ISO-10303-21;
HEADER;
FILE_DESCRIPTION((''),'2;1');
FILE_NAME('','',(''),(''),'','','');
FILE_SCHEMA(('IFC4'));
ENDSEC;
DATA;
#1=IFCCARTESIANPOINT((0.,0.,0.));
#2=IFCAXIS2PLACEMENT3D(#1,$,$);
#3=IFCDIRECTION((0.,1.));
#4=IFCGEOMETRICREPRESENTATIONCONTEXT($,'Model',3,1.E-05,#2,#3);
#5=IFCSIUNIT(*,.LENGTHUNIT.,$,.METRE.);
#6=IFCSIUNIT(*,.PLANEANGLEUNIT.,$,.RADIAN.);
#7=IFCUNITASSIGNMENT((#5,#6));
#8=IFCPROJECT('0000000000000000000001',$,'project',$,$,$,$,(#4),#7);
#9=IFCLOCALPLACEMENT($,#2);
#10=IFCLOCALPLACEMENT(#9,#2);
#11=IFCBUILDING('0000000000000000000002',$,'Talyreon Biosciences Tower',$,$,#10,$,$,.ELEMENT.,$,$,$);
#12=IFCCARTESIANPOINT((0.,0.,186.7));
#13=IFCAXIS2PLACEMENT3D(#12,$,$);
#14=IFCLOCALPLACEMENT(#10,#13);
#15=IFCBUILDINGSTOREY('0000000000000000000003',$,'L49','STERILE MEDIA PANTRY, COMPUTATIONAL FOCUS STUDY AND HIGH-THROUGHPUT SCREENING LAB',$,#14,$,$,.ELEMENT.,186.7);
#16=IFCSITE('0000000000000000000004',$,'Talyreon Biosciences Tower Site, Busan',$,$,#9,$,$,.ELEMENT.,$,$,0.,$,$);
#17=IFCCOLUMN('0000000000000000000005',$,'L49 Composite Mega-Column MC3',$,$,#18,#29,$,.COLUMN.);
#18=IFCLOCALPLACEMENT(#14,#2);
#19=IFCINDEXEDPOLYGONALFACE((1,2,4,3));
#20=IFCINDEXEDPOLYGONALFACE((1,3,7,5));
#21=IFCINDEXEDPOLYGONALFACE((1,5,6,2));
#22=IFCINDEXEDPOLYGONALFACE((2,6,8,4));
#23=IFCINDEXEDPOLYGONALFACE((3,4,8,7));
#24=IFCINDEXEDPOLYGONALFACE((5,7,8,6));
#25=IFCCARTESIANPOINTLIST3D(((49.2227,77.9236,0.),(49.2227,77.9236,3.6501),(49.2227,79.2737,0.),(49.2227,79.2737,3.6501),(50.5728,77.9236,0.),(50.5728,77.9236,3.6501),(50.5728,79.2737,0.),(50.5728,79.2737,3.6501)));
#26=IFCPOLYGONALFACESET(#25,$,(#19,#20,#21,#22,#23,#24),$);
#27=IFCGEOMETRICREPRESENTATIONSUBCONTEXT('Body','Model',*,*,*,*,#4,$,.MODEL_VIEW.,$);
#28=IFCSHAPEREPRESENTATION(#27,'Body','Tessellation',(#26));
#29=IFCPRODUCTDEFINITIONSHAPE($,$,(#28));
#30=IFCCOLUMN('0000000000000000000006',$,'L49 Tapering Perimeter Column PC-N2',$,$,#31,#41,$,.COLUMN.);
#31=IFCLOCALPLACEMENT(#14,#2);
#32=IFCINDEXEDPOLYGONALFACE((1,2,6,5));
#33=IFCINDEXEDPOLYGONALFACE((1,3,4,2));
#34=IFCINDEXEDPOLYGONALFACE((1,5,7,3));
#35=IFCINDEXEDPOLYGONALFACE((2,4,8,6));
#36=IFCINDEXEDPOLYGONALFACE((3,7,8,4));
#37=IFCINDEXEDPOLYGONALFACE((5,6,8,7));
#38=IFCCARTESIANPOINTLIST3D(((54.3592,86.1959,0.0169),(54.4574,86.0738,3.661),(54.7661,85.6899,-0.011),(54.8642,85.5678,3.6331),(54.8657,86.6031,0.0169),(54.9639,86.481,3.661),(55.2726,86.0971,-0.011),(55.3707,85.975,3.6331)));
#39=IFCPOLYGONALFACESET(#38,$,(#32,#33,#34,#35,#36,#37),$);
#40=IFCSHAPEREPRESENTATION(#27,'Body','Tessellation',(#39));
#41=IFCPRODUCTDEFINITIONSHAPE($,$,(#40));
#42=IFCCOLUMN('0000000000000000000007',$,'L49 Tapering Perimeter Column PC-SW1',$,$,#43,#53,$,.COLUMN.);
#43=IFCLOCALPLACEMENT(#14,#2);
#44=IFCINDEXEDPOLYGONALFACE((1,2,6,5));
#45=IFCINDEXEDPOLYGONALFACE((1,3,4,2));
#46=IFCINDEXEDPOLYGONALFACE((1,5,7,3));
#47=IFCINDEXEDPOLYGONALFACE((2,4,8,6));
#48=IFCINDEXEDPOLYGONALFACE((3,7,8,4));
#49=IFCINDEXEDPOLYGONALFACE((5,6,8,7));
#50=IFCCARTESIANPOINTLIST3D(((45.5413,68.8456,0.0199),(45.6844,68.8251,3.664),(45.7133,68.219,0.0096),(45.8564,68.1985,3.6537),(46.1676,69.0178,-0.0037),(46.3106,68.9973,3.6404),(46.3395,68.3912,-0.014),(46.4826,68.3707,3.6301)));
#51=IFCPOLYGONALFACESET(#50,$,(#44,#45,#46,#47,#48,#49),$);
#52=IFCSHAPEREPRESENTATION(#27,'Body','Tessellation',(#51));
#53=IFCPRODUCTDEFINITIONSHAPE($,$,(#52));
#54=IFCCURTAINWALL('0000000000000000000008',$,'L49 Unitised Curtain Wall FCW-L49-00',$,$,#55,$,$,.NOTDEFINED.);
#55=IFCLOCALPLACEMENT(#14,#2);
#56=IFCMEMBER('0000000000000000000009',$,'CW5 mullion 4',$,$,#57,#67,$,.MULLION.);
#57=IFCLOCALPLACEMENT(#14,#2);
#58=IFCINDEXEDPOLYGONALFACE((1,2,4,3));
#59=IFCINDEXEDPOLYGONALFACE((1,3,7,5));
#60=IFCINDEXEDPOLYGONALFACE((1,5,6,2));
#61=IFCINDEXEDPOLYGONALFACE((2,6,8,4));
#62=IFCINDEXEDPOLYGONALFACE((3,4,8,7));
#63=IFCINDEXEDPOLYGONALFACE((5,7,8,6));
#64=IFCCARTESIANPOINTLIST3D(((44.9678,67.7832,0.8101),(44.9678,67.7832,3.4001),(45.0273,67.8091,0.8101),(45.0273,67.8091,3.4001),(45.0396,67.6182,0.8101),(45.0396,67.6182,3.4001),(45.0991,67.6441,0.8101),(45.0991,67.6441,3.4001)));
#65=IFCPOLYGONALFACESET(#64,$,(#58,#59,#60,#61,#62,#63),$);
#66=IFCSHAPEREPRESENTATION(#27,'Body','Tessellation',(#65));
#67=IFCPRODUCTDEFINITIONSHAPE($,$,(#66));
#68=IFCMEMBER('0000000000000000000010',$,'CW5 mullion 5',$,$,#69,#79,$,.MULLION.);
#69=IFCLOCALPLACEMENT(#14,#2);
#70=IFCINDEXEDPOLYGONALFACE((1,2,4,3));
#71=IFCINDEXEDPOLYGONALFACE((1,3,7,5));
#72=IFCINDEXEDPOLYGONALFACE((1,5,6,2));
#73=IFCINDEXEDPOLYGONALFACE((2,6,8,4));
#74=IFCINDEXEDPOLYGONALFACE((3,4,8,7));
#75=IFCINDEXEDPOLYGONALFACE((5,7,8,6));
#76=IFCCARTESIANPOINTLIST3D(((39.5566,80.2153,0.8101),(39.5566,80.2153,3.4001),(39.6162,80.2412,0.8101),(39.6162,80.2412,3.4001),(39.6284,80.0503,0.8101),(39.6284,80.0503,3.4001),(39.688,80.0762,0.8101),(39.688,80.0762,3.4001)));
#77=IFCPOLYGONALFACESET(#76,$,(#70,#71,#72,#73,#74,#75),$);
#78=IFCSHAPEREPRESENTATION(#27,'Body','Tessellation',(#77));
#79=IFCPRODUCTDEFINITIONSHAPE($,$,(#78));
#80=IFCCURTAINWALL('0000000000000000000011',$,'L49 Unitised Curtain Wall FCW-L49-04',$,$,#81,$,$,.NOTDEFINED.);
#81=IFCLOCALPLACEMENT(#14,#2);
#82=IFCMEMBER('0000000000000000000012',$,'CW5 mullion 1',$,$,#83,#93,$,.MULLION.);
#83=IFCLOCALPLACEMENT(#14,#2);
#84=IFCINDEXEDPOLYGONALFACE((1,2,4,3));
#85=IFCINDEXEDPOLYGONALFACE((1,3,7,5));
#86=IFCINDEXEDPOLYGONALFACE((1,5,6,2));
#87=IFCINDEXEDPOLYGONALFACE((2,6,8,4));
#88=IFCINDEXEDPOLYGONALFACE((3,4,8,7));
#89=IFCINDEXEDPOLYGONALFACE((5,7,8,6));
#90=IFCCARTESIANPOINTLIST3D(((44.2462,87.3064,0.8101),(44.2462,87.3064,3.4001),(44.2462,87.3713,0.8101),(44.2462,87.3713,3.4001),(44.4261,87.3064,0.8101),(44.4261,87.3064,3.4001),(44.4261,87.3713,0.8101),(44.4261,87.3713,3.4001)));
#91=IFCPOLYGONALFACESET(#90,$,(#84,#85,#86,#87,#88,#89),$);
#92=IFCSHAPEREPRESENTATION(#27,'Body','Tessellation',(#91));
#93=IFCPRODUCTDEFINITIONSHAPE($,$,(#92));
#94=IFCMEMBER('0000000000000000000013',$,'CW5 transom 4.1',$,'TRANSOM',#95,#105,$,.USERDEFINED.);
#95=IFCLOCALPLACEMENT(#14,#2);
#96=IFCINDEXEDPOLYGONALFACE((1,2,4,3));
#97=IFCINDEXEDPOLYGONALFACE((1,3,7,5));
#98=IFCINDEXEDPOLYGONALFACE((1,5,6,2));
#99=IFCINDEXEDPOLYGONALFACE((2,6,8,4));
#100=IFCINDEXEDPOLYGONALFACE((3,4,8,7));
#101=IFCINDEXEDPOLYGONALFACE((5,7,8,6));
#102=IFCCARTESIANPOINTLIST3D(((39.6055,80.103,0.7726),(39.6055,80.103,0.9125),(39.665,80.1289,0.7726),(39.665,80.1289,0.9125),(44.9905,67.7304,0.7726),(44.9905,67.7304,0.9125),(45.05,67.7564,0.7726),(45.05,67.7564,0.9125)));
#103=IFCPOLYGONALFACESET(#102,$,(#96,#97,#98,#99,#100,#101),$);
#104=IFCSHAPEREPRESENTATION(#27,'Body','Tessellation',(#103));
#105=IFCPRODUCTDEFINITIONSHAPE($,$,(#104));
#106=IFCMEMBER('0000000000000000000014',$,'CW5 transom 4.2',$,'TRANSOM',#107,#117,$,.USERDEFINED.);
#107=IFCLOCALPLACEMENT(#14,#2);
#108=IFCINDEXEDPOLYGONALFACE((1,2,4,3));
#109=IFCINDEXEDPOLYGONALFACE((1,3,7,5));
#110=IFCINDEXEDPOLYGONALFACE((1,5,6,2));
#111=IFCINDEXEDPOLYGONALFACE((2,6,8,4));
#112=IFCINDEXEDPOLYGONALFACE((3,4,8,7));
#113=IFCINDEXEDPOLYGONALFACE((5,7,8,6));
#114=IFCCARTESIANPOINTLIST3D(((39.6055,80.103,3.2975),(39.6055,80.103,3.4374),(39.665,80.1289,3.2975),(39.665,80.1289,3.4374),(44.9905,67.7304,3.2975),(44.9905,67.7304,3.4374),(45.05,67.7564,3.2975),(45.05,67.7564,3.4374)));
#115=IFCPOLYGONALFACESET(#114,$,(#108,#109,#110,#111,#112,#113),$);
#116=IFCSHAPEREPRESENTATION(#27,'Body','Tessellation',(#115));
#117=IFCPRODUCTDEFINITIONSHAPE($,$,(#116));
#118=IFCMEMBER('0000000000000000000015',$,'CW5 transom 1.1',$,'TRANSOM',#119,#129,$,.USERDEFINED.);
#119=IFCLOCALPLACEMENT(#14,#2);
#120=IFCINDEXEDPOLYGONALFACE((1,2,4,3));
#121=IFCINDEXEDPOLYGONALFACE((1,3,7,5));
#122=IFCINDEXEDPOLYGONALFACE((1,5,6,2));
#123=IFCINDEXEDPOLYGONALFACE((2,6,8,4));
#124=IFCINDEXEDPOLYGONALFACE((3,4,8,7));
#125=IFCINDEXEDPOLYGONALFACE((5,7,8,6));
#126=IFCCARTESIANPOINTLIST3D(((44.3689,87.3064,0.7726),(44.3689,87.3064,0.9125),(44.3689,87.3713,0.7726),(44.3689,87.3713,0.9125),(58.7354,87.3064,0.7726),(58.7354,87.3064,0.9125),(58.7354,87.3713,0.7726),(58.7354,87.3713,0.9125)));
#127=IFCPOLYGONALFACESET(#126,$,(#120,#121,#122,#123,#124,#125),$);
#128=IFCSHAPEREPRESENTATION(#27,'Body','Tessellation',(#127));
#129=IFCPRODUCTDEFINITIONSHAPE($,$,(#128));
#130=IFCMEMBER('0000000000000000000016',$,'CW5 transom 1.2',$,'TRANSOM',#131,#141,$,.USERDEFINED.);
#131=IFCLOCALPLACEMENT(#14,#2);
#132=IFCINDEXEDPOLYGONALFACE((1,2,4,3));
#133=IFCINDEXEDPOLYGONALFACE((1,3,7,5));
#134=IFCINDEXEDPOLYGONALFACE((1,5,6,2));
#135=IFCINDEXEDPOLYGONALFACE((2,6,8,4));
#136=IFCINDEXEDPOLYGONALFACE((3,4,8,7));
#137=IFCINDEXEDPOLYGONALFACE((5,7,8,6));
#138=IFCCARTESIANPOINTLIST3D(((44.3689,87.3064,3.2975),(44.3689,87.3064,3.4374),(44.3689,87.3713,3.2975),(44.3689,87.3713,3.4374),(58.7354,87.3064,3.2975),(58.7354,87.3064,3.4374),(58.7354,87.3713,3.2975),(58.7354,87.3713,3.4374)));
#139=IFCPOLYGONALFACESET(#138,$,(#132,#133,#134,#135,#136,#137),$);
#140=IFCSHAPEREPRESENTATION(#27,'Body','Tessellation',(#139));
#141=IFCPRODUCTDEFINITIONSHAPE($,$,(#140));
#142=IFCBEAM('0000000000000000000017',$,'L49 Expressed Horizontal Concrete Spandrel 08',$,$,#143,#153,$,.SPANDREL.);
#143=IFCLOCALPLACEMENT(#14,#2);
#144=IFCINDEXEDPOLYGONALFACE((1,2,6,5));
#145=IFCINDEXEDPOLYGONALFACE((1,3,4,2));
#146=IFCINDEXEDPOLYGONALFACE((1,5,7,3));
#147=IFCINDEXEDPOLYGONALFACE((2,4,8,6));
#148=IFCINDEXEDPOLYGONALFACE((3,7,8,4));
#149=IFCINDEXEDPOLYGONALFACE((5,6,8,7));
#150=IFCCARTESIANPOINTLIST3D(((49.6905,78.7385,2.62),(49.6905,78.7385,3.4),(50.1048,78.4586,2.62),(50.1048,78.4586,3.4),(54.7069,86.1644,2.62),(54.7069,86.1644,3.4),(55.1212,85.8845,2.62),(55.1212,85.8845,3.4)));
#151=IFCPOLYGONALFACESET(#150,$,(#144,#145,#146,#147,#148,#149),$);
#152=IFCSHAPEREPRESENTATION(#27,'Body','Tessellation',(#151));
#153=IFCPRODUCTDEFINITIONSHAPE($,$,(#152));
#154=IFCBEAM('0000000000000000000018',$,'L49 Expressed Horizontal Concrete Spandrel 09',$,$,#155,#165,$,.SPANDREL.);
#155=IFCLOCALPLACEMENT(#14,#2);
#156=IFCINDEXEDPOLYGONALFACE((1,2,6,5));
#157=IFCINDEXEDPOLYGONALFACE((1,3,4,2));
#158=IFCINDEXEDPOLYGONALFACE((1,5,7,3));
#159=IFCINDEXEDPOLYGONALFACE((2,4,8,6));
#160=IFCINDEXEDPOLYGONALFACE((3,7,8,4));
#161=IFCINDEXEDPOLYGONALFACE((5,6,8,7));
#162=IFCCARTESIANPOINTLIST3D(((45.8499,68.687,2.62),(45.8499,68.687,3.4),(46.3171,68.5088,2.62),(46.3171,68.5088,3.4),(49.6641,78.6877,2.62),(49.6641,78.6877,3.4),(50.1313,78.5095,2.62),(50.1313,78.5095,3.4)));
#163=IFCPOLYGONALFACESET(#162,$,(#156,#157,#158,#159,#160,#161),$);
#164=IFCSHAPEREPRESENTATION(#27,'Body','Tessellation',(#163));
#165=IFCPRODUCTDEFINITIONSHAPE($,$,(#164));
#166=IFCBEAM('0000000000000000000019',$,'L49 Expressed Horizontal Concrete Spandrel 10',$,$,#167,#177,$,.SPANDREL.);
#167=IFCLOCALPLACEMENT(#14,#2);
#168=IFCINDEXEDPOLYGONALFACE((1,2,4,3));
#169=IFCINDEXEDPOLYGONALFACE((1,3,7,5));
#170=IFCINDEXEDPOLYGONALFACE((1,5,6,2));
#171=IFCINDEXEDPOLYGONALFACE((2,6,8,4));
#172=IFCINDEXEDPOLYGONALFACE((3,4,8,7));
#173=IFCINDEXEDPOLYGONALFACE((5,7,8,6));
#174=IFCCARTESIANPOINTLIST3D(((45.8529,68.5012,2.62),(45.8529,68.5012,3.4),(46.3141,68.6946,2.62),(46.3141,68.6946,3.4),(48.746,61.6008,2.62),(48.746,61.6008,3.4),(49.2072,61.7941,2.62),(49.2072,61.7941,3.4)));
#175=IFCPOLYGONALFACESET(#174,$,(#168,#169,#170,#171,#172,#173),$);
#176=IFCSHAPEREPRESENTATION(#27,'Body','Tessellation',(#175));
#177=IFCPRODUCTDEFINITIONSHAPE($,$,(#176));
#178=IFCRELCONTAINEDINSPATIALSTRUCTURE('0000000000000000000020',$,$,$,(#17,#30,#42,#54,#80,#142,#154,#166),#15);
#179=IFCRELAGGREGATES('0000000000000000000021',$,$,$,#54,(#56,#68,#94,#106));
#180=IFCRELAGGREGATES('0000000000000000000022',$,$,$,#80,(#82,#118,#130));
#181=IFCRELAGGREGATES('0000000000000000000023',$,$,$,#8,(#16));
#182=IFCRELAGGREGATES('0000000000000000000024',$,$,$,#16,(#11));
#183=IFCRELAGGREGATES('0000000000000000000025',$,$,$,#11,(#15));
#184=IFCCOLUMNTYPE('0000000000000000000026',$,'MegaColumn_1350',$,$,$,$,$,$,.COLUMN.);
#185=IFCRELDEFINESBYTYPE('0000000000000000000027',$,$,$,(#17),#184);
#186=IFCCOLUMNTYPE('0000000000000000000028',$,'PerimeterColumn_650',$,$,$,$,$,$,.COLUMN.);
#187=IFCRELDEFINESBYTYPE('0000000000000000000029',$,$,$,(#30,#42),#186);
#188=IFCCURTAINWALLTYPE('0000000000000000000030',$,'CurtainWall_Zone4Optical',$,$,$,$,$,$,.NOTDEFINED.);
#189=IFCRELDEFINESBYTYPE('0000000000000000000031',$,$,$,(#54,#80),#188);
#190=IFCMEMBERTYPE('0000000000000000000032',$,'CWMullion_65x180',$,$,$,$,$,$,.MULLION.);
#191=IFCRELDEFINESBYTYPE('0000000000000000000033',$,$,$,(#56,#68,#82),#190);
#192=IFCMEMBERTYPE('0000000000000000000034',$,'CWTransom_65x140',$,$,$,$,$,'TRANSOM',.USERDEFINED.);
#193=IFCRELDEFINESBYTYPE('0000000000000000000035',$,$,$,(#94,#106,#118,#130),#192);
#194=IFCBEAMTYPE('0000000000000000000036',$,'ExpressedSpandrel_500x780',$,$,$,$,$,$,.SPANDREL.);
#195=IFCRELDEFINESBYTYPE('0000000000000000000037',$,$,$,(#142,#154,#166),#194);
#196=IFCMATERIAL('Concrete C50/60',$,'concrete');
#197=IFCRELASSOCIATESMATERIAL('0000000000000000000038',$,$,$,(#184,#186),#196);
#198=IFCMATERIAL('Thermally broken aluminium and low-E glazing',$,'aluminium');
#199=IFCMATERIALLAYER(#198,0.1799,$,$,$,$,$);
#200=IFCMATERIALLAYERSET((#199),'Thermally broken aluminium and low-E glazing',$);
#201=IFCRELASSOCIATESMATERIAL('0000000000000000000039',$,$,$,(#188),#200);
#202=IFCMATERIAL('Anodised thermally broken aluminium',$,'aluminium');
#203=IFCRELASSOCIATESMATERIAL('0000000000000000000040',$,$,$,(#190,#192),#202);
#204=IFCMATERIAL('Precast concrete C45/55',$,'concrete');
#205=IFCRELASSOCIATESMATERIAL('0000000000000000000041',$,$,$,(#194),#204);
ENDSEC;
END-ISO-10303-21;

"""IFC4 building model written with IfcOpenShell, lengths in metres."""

from ifc_helpers import new_model, si_unit, direction, frame, origin, origin_2d, place, context, subcontext, project, spatial, rectangle, extrude, material, layer, layer_set, material_profile, profile_set, type_object, element, aggregate, save


model = new_model("IFC4")

# Units and contexts
model_context = context("Model", 3, precision=1e-05, world=origin(), true_north=direction((0.0, 1.0)))
body_context = subcontext(model_context, "Body", "Model", "MODEL_VIEW")
ifc_project = project(units=[si_unit("LENGTHUNIT", "METRE"), si_unit("PLANEANGLEUNIT", "RADIAN")], contexts=[model_context])

# Site, building, storey
site_placement = place(None, origin())
site = spatial("IfcSite", under=ifc_project, at=site_placement, Name="Talyreon Biosciences Tower Site, Busan", CompositionType="ELEMENT", RefElevation=0.0)
building_placement = place(site_placement, origin())
building = spatial("IfcBuilding", under=site, at=building_placement, Name="Talyreon Biosciences Tower", CompositionType="ELEMENT")
storey_placement = place(building_placement, frame((0.0, 0.0, 186.7)))
storey = spatial("IfcBuildingStorey", under=building, at=storey_placement, Name="L49", Description="STERILE MEDIA PANTRY, COMPUTATIONAL FOCUS STUDY AND HIGH-THROUGHPUT SCREENING LAB", CompositionType="ELEMENT", Elevation=186.7)

# Columns
ifc_material_1 = material(Name="Concrete C50/60", Category="concrete")
ifc_material_profile_1 = material_profile(ifc_material_1, rectangle(XDim=1.3501, YDim=1.3501, at=origin_2d()), Name="RC 1350x1350")
ifc_profile_set_1 = profile_set([ifc_material_profile_1], Name="Concrete C50/60")
column_type_1 = type_object("IfcColumnType", Name="MegaColumn_1350", PredefinedType="COLUMN", material=ifc_profile_set_1)
column_1_placement = place(storey_placement, frame((49.8977, 78.5986, 0.0), z_axis=(0.0, 0.0, 1.0), x_axis=(1.0, 0.0, 0.0)))
element("IfcColumn", 1, at=column_1_placement, inside=storey, type_object=column_type_1, Name="L49 Composite Mega-Column MC3", PredefinedType="COLUMN", context=body_context, shape_type="SweptSolid", body=[
    extrude(rectangle(XDim=1.3501, YDim=1.3501, at=origin_2d()), origin(), (0.0, 0.0, 1.0), 3.6501),
])
ifc_material_profile_2 = material_profile(ifc_material_1, rectangle(XDim=0.6499, YDim=0.6499, at=origin_2d()), Name="RC 650x650")
ifc_profile_set_2 = profile_set([ifc_material_profile_2], Name="Concrete C50/60")
column_type_2 = type_object("IfcColumnType", Name="PerimeterColumn_650", PredefinedType="COLUMN", material=ifc_profile_set_2)
column_2_placement = place(storey_placement, frame((54.8159, 86.1465, 0.0029), z_axis=(0.026908, -0.033468, 0.999078), x_axis=(-0.779346, -0.626594, 0.0)))
element("IfcColumn", 2, at=column_2_placement, inside=storey, type_object=column_type_2, Name="L49 Tapering Perimeter Column PC-N2", PredefinedType="COLUMN", context=body_context, shape_type="SweptSolid", body=[
    extrude(rectangle(XDim=0.6499, YDim=0.6499, at=origin_2d()), origin(), (0.0, 0.0, 1.0), 3.6475),
])
column_3_placement = place(storey_placement, frame((45.9404, 68.6184, 0.0029), z_axis=(0.03923, -0.005623, 0.999214), x_axis=(0.96357, 0.264977, -0.036339)))
element("IfcColumn", 3, at=column_3_placement, inside=storey, type_object=column_type_2, Name="L49 Tapering Perimeter Column PC-SW1", PredefinedType="COLUMN", context=body_context, shape_type="SweptSolid", body=[
    extrude(rectangle(XDim=0.6499, YDim=0.6499, at=origin_2d()), origin(), (0.0, 0.0, 1.0), 3.647),
])

# Curtain wall, members
ifc_material_2 = material(Name="Thermally broken aluminium and low-E glazing", Category="aluminium")
ifc_layer_1 = layer(ifc_material_2, 0.1799)
ifc_layer_set_1 = layer_set([ifc_layer_1], Name="Thermally broken aluminium and low-E glazing")
curtain_wall_type = type_object("IfcCurtainWallType", Name="CurtainWall_Zone4Optical", PredefinedType="NOTDEFINED", material=ifc_layer_set_1)
curtain_wall_1_placement = place(storey_placement, origin())
curtain_wall_1 = element("IfcCurtainWall", 4, at=curtain_wall_1_placement, inside=storey, type_object=curtain_wall_type, Name="L49 Unitised Curtain Wall FCW-L49-00", PredefinedType="NOTDEFINED")
ifc_material_3 = material(Name="Anodised thermally broken aluminium", Category="aluminium")
ifc_material_profile_3 = material_profile(ifc_material_3, rectangle(XDim=0.0649, YDim=0.1799, at=origin_2d()), Name="ALUM MULLION 65x180")
ifc_profile_set_3 = profile_set([ifc_material_profile_3], Name="Anodised thermally broken aluminium")
member_type_1 = type_object("IfcMemberType", Name="CWMullion_65x180", PredefinedType="MULLION", material=ifc_profile_set_3)
member_1_placement = place(storey_placement, frame((45.0334, 67.7136, 0.8101), z_axis=(0.0, 0.0, 1.0), x_axis=(-0.916912, -0.399089, 0.0)))
member_1 = element("IfcMember", 5, at=member_1_placement, type_object=member_type_1, Name="CW5 mullion 4", PredefinedType="MULLION", context=body_context, shape_type="SweptSolid", body=[
    extrude(rectangle(XDim=0.0649, YDim=0.1799, at=origin_2d()), origin(), (0.0, 0.0, 1.0), 2.5901),
])
member_2_placement = place(storey_placement, frame((39.6223, 80.1458, 0.8101), z_axis=(0.0, 0.0, 1.0), x_axis=(-0.916912, -0.399089, 0.0)))
member_2 = element("IfcMember", 6, at=member_2_placement, type_object=member_type_1, Name="CW5 mullion 5", PredefinedType="MULLION", context=body_context, shape_type="SweptSolid", body=[
    extrude(rectangle(XDim=0.0649, YDim=0.1799, at=origin_2d()), origin(), (0.0, 0.0, 1.0), 2.5901),
])

# Curtain wall, member
curtain_wall_2_placement = place(storey_placement, origin())
curtain_wall_2 = element("IfcCurtainWall", 7, at=curtain_wall_2_placement, inside=storey, type_object=curtain_wall_type, Name="L49 Unitised Curtain Wall FCW-L49-04", PredefinedType="NOTDEFINED")
member_3_placement = place(storey_placement, frame((44.3362, 87.3389, 0.8101), z_axis=(0.0, 0.0, 1.0), x_axis=(0.0, 1.0, 0.0)))
member_3 = element("IfcMember", 8, at=member_3_placement, type_object=member_type_1, Name="CW5 mullion 1", PredefinedType="MULLION", context=body_context, shape_type="SweptSolid", body=[
    extrude(rectangle(XDim=0.0649, YDim=0.1799, at=origin_2d()), origin(), (0.0, 0.0, 1.0), 2.5901),
])

# Members
ifc_material_profile_4 = material_profile(ifc_material_3, rectangle(XDim=0.0649, YDim=0.1399, at=origin_2d()), Name="ALUM TRANSOM 65x140")
ifc_profile_set_4 = profile_set([ifc_material_profile_4], Name="Anodised thermally broken aluminium")
member_type_2 = type_object("IfcMemberType", Name="CWTransom_65x140", ElementType="TRANSOM", PredefinedType="USERDEFINED", material=ifc_profile_set_4)
member_4_placement = place(storey_placement, frame((45.0203, 67.7434, 0.8425), z_axis=(-0.399077, 0.916917, 0.0), x_axis=(-0.916917, -0.399077, 0.0)))
member_4 = element("IfcMember", 9, at=member_4_placement, type_object=member_type_2, Name="CW5 transom 4.1", ObjectType="TRANSOM", PredefinedType="USERDEFINED", context=body_context, shape_type="SweptSolid", body=[
    extrude(rectangle(XDim=0.0649, YDim=0.1399, at=origin_2d()), origin(), (0.0, 0.0, 1.0), 13.4937),
])
member_5_placement = place(storey_placement, frame((45.0203, 67.7434, 3.3674), z_axis=(-0.399077, 0.916917, 0.0), x_axis=(-0.916917, -0.399077, 0.0)))
member_5 = element("IfcMember", 10, at=member_5_placement, type_object=member_type_2, Name="CW5 transom 4.2", ObjectType="TRANSOM", PredefinedType="USERDEFINED", context=body_context, shape_type="SweptSolid", body=[
    extrude(rectangle(XDim=0.0649, YDim=0.1399, at=origin_2d()), origin(), (0.0, 0.0, 1.0), 13.4937),
])
member_6_placement = place(storey_placement, frame((44.3689, 87.3389, 0.8425), z_axis=(1.0, 0.0, 0.0), x_axis=(0.0, 1.0, 0.0)))
member_6 = element("IfcMember", 11, at=member_6_placement, type_object=member_type_2, Name="CW5 transom 1.1", ObjectType="TRANSOM", PredefinedType="USERDEFINED", context=body_context, shape_type="SweptSolid", body=[
    extrude(rectangle(XDim=0.0649, YDim=0.1399, at=origin_2d()), origin(), (0.0, 0.0, 1.0), 14.3665),
])
member_7_placement = place(storey_placement, frame((44.3689, 87.3389, 3.3674), z_axis=(1.0, 0.0, 0.0), x_axis=(0.0, 1.0, 0.0)))
member_7 = element("IfcMember", 12, at=member_7_placement, type_object=member_type_2, Name="CW5 transom 1.2", ObjectType="TRANSOM", PredefinedType="USERDEFINED", context=body_context, shape_type="SweptSolid", body=[
    extrude(rectangle(XDim=0.0649, YDim=0.1399, at=origin_2d()), origin(), (0.0, 0.0, 1.0), 14.3665),
])

# Beams
ifc_material_4 = material(Name="Precast concrete C45/55", Category="concrete")
ifc_material_profile_5 = material_profile(ifc_material_4, rectangle(XDim=0.5, YDim=0.78, at=origin_2d()), Name="RCB 500x780")
ifc_profile_set_5 = profile_set([ifc_material_profile_5], Name="Precast concrete C45/55")
beam_type_1 = type_object("IfcBeamType", Name="ExpressedSpandrel_500x780", PredefinedType="SPANDREL", material=ifc_profile_set_5)
beam_1_placement = place(storey_placement, frame((54.9141, 86.0244, 3.01), z_axis=(-0.559776, -0.828644, 0.0), x_axis=(0.828644, -0.559776, 0.0)))
element("IfcBeam", 13, at=beam_1_placement, inside=storey, type_object=beam_type_1, Name="L49 Expressed Horizontal Concrete Spandrel 08", PredefinedType="SPANDREL", context=body_context, shape_type="SweptSolid", body=[
    extrude(rectangle(XDim=0.5, YDim=0.78, at=origin_2d()), origin(), (0.0, 0.0, 1.0), 8.9614),
])
beam_2_placement = place(storey_placement, frame((49.8977, 78.5986, 3.01), z_axis=(-0.356355, -0.934351, 0.0), x_axis=(0.934351, -0.356355, 0.0)))
element("IfcBeam", 14, at=beam_2_placement, inside=storey, type_object=beam_type_1, Name="L49 Expressed Horizontal Concrete Spandrel 09", PredefinedType="SPANDREL", context=body_context, shape_type="SweptSolid", body=[
    extrude(rectangle(XDim=0.5, YDim=0.78, at=origin_2d()), origin(), (0.0, 0.0, 1.0), 10.7034),
])
beam_3_placement = place(storey_placement, frame((46.0835, 68.5979, 3.01), z_axis=(0.386653, -0.922225, 0.0), x_axis=(0.922225, 0.386653, 0.0)))
element("IfcBeam", 15, at=beam_3_placement, inside=storey, type_object=beam_type_1, Name="L49 Expressed Horizontal Concrete Spandrel 10", PredefinedType="SPANDREL", context=body_context, shape_type="SweptSolid", body=[
    extrude(rectangle(XDim=0.5, YDim=0.78, at=origin_2d()), origin(), (0.0, 0.0, 1.0), 7.4824),
])

aggregate(curtain_wall_1, [member_1, member_2, member_4, member_5])
aggregate(curtain_wall_2, [member_3, member_6, member_7])

save(model, "model.ifc")
